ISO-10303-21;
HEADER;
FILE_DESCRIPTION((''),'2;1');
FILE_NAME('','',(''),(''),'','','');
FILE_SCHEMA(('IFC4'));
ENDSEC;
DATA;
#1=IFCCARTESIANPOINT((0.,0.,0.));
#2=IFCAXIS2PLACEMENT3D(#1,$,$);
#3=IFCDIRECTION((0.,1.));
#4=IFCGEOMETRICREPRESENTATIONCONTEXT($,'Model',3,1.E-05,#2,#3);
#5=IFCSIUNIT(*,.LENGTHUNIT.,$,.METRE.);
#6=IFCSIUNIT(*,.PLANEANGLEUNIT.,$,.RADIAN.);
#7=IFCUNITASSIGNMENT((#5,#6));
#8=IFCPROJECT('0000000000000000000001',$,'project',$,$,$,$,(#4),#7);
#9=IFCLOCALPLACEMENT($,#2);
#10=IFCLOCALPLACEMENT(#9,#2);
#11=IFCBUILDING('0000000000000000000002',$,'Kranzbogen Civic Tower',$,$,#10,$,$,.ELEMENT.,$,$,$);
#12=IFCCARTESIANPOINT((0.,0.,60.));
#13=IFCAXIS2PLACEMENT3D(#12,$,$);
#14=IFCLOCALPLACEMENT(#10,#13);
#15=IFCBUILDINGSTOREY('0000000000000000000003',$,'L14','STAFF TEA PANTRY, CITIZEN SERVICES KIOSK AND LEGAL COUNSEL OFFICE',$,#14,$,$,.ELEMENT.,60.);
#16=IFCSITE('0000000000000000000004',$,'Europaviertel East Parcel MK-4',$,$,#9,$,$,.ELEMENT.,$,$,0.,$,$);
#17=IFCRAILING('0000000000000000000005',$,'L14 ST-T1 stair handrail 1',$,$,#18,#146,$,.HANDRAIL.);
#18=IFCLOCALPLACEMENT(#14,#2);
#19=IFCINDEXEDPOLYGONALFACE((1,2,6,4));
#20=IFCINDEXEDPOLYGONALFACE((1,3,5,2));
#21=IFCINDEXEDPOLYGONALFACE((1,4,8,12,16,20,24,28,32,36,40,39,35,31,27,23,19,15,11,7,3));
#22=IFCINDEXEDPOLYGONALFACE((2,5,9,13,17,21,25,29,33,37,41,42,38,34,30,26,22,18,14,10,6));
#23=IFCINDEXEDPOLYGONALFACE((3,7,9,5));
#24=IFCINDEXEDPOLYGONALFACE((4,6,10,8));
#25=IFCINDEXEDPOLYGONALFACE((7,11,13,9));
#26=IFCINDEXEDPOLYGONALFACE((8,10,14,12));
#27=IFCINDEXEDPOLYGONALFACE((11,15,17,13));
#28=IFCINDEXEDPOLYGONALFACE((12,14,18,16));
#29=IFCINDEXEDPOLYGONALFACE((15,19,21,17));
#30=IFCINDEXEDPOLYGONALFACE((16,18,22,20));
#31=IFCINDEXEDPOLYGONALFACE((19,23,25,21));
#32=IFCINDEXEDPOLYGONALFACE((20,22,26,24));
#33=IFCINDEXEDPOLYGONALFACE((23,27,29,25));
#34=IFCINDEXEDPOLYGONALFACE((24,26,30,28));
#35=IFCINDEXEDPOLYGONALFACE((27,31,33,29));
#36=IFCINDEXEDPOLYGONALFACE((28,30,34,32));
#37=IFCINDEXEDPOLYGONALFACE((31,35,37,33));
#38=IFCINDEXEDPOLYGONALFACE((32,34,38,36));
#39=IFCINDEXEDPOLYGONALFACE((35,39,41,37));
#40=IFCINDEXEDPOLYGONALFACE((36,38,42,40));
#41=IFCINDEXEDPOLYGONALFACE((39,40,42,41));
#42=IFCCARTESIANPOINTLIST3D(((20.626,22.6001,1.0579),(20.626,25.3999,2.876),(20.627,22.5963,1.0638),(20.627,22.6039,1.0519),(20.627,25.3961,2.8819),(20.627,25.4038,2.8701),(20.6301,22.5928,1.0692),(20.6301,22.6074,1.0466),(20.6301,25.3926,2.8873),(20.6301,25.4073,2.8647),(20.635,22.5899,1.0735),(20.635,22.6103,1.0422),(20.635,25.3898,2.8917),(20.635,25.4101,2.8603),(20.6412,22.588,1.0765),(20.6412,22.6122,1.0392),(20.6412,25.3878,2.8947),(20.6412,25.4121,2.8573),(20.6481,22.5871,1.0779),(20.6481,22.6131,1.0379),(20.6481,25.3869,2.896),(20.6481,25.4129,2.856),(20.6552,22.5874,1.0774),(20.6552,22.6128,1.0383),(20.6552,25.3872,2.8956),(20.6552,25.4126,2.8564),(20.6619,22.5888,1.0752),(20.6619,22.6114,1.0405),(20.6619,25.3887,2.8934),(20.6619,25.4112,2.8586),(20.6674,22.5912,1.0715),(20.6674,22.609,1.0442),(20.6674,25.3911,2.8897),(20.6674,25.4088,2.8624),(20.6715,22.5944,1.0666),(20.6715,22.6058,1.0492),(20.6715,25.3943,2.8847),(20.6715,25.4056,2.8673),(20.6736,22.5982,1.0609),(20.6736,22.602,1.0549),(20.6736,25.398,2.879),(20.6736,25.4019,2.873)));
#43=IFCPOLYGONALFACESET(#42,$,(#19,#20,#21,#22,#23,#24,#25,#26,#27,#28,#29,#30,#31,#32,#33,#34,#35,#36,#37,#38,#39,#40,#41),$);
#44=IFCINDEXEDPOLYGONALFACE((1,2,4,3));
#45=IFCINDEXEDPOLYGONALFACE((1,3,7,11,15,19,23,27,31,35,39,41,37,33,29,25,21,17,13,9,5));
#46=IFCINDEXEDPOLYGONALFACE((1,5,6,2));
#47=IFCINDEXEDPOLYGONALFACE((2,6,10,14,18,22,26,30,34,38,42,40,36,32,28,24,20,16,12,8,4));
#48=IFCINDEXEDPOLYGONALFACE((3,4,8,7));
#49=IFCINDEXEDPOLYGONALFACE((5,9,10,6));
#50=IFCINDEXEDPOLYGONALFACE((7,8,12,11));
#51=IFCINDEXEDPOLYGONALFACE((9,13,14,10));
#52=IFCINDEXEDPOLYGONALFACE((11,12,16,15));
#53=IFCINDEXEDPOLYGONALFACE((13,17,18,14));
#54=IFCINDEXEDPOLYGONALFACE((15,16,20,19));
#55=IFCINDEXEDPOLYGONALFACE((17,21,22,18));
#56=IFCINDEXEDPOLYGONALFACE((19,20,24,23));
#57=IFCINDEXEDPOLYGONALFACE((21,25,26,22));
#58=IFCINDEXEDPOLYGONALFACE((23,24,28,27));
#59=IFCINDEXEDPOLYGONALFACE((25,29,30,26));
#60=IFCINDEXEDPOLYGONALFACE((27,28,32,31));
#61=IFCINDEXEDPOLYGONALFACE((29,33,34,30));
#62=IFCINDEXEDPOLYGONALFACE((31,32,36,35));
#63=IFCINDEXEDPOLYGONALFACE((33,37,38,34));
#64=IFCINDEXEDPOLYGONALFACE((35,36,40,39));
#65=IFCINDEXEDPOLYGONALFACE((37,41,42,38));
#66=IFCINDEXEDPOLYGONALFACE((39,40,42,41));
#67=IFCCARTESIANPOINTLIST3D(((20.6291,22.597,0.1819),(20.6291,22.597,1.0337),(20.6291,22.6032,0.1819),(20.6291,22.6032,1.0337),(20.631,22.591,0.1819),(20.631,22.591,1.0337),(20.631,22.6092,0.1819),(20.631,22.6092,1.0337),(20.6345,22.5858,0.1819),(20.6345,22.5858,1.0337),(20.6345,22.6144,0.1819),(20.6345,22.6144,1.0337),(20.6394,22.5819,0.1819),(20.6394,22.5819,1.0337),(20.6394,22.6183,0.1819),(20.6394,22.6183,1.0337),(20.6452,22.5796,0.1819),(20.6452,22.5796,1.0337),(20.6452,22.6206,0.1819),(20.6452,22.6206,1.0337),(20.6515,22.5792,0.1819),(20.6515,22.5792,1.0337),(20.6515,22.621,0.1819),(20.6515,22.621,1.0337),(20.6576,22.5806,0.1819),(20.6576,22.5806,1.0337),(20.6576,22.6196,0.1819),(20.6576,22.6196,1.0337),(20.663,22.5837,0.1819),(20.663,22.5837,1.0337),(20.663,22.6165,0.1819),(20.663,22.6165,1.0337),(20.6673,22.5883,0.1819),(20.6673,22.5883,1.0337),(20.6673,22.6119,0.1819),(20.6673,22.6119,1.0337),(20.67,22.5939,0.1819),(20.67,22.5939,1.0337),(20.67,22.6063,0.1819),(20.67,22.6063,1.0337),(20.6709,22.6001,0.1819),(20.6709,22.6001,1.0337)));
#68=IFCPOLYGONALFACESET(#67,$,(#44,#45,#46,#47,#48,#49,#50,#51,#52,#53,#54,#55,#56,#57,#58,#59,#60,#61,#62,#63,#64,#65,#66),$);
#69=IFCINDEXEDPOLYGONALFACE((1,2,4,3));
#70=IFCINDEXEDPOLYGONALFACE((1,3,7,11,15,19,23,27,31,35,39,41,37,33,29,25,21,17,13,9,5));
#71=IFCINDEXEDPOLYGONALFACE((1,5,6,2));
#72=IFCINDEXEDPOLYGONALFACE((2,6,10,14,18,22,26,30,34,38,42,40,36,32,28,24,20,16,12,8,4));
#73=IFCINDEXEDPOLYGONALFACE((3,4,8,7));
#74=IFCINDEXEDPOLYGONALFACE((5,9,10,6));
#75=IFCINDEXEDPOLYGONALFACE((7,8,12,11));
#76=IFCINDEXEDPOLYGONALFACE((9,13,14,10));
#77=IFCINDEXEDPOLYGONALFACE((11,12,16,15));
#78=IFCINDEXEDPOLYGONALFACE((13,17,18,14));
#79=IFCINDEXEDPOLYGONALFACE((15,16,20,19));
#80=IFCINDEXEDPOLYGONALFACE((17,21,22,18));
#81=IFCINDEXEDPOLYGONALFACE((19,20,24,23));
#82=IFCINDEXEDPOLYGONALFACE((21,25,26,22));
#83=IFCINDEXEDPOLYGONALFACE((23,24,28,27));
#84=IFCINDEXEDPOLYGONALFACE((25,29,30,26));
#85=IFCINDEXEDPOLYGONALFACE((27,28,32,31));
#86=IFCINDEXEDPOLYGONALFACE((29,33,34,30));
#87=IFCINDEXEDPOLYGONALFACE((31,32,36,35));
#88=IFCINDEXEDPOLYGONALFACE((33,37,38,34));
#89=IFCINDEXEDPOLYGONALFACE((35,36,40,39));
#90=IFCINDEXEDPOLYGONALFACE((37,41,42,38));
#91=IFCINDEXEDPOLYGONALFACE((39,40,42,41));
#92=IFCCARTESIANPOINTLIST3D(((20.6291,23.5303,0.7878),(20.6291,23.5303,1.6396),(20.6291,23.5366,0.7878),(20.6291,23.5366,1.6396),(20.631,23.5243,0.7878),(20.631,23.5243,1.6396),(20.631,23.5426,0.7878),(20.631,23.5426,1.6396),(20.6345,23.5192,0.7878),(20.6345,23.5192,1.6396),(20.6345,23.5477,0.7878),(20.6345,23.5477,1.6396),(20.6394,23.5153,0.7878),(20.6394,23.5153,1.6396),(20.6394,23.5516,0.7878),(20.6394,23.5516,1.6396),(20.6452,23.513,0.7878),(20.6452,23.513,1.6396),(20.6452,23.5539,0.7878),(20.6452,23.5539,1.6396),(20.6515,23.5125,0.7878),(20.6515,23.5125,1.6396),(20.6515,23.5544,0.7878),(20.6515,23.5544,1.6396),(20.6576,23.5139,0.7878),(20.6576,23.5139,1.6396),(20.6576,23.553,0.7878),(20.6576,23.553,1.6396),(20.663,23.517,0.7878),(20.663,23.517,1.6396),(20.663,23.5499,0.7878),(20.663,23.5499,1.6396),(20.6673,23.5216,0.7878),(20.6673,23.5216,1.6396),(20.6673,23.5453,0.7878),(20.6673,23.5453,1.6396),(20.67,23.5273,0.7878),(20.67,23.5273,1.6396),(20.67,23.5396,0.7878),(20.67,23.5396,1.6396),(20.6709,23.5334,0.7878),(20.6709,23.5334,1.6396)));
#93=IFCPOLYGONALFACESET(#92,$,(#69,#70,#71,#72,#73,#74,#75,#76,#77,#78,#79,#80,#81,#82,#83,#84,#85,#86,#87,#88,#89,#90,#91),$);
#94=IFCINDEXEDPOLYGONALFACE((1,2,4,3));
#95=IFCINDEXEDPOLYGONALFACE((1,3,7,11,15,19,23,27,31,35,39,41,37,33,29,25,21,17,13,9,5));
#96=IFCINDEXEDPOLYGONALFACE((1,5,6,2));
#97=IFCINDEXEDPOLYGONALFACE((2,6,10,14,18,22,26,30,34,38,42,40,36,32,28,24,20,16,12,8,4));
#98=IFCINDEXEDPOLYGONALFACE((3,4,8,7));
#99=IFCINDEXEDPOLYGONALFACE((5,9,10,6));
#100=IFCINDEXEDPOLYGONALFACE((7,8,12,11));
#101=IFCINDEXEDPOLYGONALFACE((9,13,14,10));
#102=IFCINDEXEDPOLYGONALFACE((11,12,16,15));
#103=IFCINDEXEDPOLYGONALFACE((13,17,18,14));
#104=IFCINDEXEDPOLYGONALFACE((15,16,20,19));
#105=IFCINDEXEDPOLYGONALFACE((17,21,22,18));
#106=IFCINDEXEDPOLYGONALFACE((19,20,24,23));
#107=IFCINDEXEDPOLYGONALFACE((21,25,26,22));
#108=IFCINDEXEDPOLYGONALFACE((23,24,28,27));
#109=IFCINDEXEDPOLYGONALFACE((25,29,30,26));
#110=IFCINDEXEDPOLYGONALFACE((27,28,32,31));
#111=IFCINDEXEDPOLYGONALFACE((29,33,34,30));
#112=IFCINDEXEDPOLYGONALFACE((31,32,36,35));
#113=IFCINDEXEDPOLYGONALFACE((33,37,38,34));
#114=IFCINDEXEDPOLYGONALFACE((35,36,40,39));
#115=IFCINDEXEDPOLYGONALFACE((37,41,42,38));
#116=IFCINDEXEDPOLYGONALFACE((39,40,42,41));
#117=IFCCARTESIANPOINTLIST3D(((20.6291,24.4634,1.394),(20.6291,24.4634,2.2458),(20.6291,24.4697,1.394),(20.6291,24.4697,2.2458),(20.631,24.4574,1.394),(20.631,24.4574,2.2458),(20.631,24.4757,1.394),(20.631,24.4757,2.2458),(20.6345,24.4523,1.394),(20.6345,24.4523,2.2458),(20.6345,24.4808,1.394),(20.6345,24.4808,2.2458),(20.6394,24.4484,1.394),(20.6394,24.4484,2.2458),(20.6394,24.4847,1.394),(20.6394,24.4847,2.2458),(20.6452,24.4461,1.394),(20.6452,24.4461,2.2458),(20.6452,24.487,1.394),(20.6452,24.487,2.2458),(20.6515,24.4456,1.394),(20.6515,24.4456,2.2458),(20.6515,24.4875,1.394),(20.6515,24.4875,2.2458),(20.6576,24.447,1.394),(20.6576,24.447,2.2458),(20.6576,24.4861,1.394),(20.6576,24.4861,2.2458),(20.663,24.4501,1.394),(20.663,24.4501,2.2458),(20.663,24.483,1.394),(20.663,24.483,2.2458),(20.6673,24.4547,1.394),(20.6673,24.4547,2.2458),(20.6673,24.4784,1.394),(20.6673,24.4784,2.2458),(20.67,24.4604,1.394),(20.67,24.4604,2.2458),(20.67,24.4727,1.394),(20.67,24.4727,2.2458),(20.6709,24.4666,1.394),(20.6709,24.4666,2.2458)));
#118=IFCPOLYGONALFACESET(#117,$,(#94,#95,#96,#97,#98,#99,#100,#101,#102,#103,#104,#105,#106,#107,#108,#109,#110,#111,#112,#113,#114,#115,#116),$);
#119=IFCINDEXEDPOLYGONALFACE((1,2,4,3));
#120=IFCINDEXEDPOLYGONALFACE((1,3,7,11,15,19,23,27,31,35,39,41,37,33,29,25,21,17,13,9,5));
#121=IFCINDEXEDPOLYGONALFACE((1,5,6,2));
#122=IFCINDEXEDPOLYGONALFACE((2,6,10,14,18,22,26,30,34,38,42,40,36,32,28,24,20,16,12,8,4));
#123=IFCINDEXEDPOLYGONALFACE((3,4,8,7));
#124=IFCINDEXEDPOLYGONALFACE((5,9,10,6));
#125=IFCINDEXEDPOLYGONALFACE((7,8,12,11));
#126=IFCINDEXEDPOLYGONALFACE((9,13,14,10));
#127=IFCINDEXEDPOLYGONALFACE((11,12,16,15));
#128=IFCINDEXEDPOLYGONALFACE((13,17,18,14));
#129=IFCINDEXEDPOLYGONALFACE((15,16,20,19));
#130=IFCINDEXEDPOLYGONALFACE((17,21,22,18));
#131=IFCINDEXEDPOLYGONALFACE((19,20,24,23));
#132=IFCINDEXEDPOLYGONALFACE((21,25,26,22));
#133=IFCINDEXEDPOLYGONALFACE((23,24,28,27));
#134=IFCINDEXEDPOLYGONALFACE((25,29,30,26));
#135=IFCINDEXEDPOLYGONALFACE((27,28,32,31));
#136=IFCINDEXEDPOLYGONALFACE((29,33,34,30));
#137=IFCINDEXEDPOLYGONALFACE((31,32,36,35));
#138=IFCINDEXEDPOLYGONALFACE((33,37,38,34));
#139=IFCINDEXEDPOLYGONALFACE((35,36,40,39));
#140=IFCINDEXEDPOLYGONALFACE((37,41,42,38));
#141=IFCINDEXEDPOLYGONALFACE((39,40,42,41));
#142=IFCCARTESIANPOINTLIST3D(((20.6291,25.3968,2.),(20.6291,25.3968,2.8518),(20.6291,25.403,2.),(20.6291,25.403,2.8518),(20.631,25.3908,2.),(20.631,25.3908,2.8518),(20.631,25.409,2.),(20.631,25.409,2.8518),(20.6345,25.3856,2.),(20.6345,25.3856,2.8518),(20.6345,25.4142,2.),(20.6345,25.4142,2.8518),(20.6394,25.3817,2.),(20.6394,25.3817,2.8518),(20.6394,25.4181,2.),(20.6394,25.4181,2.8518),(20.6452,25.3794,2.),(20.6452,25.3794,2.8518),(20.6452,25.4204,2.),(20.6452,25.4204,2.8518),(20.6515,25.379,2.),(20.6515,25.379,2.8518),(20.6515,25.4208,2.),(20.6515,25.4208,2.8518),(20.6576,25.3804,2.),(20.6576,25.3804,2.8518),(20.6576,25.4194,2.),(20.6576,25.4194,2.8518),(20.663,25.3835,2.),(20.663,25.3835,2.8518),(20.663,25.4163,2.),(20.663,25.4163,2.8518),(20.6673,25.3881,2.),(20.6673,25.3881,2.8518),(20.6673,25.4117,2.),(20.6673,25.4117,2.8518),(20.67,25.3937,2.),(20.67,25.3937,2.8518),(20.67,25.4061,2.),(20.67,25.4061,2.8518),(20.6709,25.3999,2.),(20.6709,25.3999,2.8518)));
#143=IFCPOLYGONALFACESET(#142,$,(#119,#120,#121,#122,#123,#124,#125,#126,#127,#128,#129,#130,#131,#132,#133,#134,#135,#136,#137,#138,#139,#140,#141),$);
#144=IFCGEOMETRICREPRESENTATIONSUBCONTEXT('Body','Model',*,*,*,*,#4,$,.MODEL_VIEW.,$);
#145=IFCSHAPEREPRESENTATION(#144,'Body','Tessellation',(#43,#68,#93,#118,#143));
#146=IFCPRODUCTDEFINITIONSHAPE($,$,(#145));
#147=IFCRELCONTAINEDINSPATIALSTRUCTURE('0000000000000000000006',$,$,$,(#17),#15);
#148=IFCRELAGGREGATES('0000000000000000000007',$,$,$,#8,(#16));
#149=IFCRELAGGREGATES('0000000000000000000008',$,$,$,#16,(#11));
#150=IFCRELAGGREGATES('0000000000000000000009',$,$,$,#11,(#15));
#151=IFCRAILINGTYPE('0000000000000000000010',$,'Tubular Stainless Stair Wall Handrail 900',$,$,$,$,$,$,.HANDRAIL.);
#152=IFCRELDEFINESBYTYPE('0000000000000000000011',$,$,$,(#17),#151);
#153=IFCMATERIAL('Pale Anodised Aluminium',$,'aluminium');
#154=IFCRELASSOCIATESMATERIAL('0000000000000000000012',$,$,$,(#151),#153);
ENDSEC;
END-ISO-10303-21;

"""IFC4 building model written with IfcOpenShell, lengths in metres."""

from ifc_helpers import new_model, si_unit, direction, frame, origin, origin_2d, place, context, subcontext, project, spatial, circle, extrude, material, type_object, element, save


model = new_model("IFC4")

# Units and contexts
model_context = context("Model", 3, precision=1e-05, world=origin(), true_north=direction((0.0, 1.0)))
body_context = subcontext(model_context, "Body", "Model", "MODEL_VIEW")
ifc_project = project(units=[si_unit("LENGTHUNIT", "METRE"), si_unit("PLANEANGLEUNIT", "RADIAN")], contexts=[model_context])

# Site, building, storey
site_placement = place(None, origin())
site = spatial("IfcSite", under=ifc_project, at=site_placement, Name="Europaviertel East Parcel MK-4", CompositionType="ELEMENT", RefElevation=0.0)
building_placement = place(site_placement, origin())
building = spatial("IfcBuilding", under=site, at=building_placement, Name="Kranzbogen Civic Tower", CompositionType="ELEMENT")
storey_placement = place(building_placement, frame((0.0, 0.0, 60.0)))
storey = spatial("IfcBuildingStorey", under=building, at=storey_placement, Name="L14", Description="STAFF TEA PANTRY, CITIZEN SERVICES KIOSK AND LEGAL COUNSEL OFFICE", CompositionType="ELEMENT", Elevation=60.0)

# Shared definitions
ifc_material_1 = material(Name="Pale Anodised Aluminium", Category="aluminium")

# Railing
railing_type_1 = type_object("IfcRailingType", Name="Tubular Stainless Stair Wall Handrail 900", PredefinedType="HANDRAIL", material=ifc_material_1)
railing_1_placement = place(storey_placement, frame((20.6499, 22.6001, 0.1819)))
element("IfcRailing", 1, at=railing_1_placement, inside=storey, type_object=railing_type_1, Name="L14 ST-T1 stair handrail 1", PredefinedType="HANDRAIL", context=body_context, shape_type="SweptSolid", body=[
    extrude(circle(Radius=0.0239, at=origin_2d()), frame((0.0, 0.0, 0.876), z_axis=(0.0, 0.838684, 0.544618), x_axis=(-1.0, 0.0, 0.0)), (0.0, 0.0, 1.0), 3.3384),
    extrude(circle(Radius=0.021, at=origin_2d()), origin(), (0.0, 0.0, 1.0), 0.8518),
    extrude(circle(Radius=0.021, at=origin_2d()), frame((0.0, 0.9333, 0.606)), (0.0, 0.0, 1.0), 0.8518),
    extrude(circle(Radius=0.021, at=origin_2d()), frame((0.0, 1.8665, 1.2122)), (0.0, 0.0, 1.0), 0.8518),
    extrude(circle(Radius=0.021, at=origin_2d()), frame((0.0, 2.7998, 1.8181)), (0.0, 0.0, 1.0), 0.8518),
])

save(model, "model.ifc")
